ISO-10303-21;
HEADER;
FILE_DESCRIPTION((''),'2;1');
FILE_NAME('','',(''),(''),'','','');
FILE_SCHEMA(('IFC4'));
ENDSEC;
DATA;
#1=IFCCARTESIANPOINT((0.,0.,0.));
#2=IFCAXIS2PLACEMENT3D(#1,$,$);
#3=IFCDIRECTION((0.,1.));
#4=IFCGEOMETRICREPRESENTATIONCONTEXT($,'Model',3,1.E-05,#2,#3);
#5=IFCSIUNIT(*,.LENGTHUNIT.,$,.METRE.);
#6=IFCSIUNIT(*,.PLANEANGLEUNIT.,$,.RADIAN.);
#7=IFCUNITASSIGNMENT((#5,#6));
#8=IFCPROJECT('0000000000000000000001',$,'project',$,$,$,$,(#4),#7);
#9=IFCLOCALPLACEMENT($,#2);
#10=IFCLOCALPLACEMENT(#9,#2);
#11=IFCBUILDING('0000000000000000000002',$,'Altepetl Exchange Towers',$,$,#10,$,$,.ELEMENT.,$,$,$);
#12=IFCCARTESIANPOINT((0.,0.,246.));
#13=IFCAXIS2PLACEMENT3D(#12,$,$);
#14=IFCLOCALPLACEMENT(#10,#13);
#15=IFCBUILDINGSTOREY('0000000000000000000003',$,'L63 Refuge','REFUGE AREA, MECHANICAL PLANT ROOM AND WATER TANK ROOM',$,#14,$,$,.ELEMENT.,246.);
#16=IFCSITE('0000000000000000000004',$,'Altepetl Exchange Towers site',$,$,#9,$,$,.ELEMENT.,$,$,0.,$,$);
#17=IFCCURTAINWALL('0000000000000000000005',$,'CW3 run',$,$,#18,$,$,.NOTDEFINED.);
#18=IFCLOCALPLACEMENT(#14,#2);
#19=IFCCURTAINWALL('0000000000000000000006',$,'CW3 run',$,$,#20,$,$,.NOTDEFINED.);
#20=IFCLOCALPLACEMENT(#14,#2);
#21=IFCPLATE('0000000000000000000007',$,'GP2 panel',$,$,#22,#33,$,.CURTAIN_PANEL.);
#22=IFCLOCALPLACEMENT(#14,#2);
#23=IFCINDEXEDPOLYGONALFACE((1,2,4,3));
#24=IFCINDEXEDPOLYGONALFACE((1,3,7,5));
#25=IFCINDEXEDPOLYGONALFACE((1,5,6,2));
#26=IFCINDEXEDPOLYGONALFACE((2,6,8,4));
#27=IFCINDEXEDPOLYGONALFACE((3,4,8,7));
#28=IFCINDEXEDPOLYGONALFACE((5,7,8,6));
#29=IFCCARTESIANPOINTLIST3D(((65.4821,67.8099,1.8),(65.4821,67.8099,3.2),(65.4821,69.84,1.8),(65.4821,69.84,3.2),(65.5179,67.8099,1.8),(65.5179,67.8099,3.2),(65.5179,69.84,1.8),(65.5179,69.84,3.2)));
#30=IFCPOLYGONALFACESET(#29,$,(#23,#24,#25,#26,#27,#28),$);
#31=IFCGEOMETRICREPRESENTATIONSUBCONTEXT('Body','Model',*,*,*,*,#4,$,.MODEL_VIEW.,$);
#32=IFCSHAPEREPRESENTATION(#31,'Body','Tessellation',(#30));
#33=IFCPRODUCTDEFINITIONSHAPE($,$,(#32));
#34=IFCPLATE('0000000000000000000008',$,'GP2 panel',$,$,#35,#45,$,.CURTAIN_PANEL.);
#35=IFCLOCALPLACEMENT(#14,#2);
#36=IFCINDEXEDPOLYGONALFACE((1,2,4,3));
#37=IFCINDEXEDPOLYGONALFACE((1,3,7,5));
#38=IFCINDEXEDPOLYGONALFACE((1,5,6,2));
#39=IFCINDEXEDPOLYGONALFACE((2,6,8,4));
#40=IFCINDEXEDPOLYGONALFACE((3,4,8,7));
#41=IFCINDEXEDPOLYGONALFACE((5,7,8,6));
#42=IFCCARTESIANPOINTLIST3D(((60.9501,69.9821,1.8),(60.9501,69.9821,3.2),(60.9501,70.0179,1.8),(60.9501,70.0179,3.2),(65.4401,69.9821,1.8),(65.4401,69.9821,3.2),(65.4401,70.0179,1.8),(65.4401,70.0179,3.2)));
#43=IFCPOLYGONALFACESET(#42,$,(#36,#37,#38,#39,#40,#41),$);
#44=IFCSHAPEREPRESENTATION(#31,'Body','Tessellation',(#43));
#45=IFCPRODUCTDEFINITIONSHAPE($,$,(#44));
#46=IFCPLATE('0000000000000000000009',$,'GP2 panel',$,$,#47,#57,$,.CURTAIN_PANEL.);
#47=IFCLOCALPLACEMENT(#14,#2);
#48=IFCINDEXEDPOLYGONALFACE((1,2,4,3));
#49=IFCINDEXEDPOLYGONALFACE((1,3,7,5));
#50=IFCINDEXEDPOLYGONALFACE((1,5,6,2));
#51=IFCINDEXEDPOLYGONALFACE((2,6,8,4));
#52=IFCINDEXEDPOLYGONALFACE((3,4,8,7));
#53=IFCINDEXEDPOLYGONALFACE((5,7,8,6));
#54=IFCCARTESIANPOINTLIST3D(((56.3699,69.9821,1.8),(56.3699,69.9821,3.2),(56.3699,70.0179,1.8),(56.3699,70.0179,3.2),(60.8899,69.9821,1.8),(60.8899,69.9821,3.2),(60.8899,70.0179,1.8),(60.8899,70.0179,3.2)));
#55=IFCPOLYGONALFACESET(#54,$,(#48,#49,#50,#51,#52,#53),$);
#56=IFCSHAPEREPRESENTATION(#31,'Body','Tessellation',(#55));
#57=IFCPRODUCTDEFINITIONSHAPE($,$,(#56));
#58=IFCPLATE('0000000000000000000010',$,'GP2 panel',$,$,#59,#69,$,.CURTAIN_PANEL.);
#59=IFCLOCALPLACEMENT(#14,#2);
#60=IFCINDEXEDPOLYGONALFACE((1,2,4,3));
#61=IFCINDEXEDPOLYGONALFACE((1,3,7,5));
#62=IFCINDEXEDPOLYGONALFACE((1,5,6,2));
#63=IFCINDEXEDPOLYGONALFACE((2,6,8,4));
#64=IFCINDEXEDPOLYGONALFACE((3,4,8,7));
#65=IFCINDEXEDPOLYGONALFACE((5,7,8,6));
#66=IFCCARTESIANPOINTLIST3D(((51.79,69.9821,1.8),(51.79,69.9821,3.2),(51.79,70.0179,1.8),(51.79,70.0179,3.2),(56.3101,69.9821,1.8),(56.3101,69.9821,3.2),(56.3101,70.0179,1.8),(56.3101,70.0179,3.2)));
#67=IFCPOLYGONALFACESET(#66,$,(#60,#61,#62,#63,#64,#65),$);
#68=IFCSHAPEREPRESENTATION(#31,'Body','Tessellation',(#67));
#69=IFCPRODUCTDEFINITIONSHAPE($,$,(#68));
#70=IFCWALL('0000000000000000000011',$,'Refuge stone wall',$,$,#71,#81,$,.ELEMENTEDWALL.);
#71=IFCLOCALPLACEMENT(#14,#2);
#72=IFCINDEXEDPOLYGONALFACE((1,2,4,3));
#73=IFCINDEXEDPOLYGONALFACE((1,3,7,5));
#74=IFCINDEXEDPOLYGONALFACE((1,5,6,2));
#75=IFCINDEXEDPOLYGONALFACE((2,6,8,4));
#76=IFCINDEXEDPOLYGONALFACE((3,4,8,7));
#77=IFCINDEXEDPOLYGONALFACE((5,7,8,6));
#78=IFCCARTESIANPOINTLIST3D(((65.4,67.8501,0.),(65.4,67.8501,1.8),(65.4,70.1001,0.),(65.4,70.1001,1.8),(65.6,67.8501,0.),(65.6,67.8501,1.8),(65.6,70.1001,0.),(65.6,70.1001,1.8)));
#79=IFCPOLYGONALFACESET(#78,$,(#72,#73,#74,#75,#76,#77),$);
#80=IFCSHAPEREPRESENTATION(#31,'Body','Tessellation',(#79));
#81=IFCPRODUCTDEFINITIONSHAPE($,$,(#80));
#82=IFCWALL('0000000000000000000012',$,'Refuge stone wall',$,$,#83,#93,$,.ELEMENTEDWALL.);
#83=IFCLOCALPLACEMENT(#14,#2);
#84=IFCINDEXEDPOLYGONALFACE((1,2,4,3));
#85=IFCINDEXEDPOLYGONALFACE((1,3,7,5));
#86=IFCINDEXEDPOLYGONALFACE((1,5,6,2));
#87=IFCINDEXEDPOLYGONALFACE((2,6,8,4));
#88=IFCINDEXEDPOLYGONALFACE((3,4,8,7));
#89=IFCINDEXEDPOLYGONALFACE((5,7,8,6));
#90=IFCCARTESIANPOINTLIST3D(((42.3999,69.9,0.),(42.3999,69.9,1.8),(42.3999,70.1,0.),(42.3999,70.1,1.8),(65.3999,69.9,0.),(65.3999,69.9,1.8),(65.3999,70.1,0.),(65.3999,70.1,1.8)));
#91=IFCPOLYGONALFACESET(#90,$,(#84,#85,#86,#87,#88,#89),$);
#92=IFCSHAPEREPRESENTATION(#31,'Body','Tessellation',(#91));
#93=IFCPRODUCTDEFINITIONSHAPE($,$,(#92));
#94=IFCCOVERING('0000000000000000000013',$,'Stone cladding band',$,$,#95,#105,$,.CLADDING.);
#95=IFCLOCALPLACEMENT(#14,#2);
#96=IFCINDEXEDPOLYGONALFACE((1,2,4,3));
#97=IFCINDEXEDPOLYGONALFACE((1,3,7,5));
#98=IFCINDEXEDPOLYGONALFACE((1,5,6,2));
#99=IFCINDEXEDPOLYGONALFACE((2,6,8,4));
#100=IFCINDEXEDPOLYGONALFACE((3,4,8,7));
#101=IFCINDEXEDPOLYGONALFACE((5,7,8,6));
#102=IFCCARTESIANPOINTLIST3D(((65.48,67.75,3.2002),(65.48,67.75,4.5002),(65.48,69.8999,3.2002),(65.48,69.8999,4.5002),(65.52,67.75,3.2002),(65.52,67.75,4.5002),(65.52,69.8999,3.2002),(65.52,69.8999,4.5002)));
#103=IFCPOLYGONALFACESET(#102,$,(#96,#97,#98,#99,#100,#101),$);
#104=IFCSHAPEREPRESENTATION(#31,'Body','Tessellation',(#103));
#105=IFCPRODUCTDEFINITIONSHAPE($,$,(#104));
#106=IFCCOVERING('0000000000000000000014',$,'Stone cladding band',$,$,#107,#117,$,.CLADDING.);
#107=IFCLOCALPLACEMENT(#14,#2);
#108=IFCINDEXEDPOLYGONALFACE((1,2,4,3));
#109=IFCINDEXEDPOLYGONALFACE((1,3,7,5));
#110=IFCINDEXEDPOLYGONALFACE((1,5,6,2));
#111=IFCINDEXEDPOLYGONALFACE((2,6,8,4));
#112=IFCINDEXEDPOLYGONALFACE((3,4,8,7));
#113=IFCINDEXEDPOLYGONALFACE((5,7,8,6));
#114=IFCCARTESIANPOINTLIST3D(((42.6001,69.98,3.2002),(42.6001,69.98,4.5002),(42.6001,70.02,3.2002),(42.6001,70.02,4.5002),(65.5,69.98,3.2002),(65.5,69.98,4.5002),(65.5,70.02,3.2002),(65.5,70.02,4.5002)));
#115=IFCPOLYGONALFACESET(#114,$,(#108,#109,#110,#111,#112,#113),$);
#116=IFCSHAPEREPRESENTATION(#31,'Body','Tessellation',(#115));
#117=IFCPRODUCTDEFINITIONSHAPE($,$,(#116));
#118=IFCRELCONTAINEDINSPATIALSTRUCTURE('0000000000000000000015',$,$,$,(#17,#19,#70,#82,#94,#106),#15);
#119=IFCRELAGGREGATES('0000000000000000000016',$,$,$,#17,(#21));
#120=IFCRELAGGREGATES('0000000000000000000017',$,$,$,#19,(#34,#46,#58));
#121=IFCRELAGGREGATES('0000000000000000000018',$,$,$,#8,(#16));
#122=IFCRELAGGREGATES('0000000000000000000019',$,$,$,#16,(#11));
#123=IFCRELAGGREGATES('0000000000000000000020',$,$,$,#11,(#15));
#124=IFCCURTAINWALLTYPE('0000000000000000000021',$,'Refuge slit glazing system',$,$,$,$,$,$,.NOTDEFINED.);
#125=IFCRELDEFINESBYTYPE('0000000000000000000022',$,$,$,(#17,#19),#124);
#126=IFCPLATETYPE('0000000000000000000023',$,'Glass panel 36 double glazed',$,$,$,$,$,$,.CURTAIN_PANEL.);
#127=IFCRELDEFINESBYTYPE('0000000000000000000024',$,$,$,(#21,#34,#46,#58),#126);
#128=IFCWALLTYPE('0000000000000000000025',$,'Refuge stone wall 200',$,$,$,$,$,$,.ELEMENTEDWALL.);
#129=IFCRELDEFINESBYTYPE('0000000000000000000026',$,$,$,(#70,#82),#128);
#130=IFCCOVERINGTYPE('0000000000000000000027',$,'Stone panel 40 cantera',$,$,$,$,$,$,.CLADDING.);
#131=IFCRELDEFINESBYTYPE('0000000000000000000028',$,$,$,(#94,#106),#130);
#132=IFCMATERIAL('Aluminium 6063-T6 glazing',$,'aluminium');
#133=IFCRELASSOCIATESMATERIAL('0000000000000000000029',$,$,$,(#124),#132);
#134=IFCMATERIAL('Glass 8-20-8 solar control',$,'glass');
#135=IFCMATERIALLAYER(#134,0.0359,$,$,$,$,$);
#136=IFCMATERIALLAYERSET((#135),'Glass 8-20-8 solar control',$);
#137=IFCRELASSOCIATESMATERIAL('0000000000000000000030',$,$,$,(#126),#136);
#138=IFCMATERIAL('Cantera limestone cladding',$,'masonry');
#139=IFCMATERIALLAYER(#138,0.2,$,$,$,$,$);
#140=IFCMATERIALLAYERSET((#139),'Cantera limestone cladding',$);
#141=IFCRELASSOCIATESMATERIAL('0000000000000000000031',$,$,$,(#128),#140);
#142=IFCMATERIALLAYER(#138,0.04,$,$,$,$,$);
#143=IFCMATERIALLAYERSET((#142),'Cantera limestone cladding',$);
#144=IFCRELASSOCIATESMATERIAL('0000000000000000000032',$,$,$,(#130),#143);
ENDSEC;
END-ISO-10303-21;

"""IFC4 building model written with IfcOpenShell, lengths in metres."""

from ifc_helpers import new_model, si_unit, direction, frame, frame_2d, origin, origin_2d, place, context, subcontext, project, spatial, rectangle, extrude, material, layer, layer_set, type_object, element, aggregate, save


model = new_model("IFC4")

# Units and contexts
model_context = context("Model", 3, precision=1e-05, world=origin(), true_north=direction((0.0, 1.0)))
body_context = subcontext(model_context, "Body", "Model", "MODEL_VIEW")
ifc_project = project(units=[si_unit("LENGTHUNIT", "METRE"), si_unit("PLANEANGLEUNIT", "RADIAN")], contexts=[model_context])

# Site, building, storey
site_placement = place(None, origin())
site = spatial("IfcSite", under=ifc_project, at=site_placement, Name="Altepetl Exchange Towers site", CompositionType="ELEMENT", RefElevation=0.0)
building_placement = place(site_placement, origin())
building = spatial("IfcBuilding", under=site, at=building_placement, Name="Altepetl Exchange Towers", CompositionType="ELEMENT")
storey_placement = place(building_placement, frame((0.0, 0.0, 246.0)))
storey = spatial("IfcBuildingStorey", under=building, at=storey_placement, Name="L63 Refuge", Description="REFUGE AREA, MECHANICAL PLANT ROOM AND WATER TANK ROOM", CompositionType="ELEMENT", Elevation=246.0)

# Curtain walls
ifc_material_1 = material(Name="Aluminium 6063-T6 glazing", Category="aluminium")
curtain_wall_type = type_object("IfcCurtainWallType", Name="Refuge slit glazing system", PredefinedType="NOTDEFINED", material=ifc_material_1)
curtain_wall_1_placement = place(storey_placement, origin())
curtain_wall_1 = element("IfcCurtainWall", 1, at=curtain_wall_1_placement, inside=storey, type_object=curtain_wall_type, Name="CW3 run", PredefinedType="NOTDEFINED")
curtain_wall_2_placement = place(storey_placement, origin())
curtain_wall_2 = element("IfcCurtainWall", 2, at=curtain_wall_2_placement, inside=storey, type_object=curtain_wall_type, Name="CW3 run", PredefinedType="NOTDEFINED")

# Plates
ifc_material_2 = material(Name="Glass 8-20-8 solar control", Category="glass")
ifc_layer_1 = layer(ifc_material_2, 0.0359)
ifc_layer_set_1 = layer_set([ifc_layer_1], Name="Glass 8-20-8 solar control")
plate_type = type_object("IfcPlateType", Name="Glass panel 36 double glazed", PredefinedType="CURTAIN_PANEL", material=ifc_layer_set_1)
plate_1_placement = place(storey_placement, frame((65.5, 68.825, 1.8), z_axis=(0.0, 0.0, 1.0), x_axis=(0.0, 1.0, 0.0)))
plate_1 = element("IfcPlate", 3, at=plate_1_placement, type_object=plate_type, Name="GP2 panel", PredefinedType="CURTAIN_PANEL", context=body_context, shape_type="SweptSolid", body=[
    extrude(rectangle(XDim=2.03, YDim=0.0359, at=origin_2d()), origin(), (0.0, 0.0, 1.0), 1.3999),
])
aggregate(curtain_wall_1, [plate_1])
plate_2_placement = place(storey_placement, frame((63.1951, 70.0, 1.8), z_axis=(0.0, 0.0, 1.0), x_axis=(-1.0, 0.0, 0.0)))
plate_2 = element("IfcPlate", 4, at=plate_2_placement, type_object=plate_type, Name="GP2 panel", PredefinedType="CURTAIN_PANEL", context=body_context, shape_type="SweptSolid", body=[
    extrude(rectangle(XDim=4.49, YDim=0.0359, at=origin_2d()), origin(), (0.0, 0.0, 1.0), 1.3999),
])
plate_3_placement = place(storey_placement, frame((58.6299, 70.0, 1.8), z_axis=(0.0, 0.0, 1.0), x_axis=(-1.0, 0.0, 0.0)))
plate_3 = element("IfcPlate", 5, at=plate_3_placement, type_object=plate_type, Name="GP2 panel", PredefinedType="CURTAIN_PANEL", context=body_context, shape_type="SweptSolid", body=[
    extrude(rectangle(XDim=4.52, YDim=0.0359, at=origin_2d()), origin(), (0.0, 0.0, 1.0), 1.3999),
])
plate_4_placement = place(storey_placement, frame((54.05, 70.0, 1.8), z_axis=(0.0, 0.0, 1.0), x_axis=(-1.0, 0.0, 0.0)))
plate_4 = element("IfcPlate", 6, at=plate_4_placement, type_object=plate_type, Name="GP2 panel", PredefinedType="CURTAIN_PANEL", context=body_context, shape_type="SweptSolid", body=[
    extrude(rectangle(XDim=4.52, YDim=0.0359, at=origin_2d()), origin(), (0.0, 0.0, 1.0), 1.3999),
])
aggregate(curtain_wall_2, [plate_2, plate_3, plate_4])

# Walls
ifc_material_3 = material(Name="Cantera limestone cladding", Category="masonry")
ifc_layer_2 = layer(ifc_material_3, 0.2)
ifc_layer_set_2 = layer_set([ifc_layer_2], Name="Cantera limestone cladding")
wall_type = type_object("IfcWallType", Name="Refuge stone wall 200", PredefinedType="ELEMENTEDWALL", material=ifc_layer_set_2)
wall_1_placement = place(storey_placement, frame((65.5, 67.8501, 0.0), z_axis=(0.0, 0.0, 1.0), x_axis=(0.0, 1.0, 0.0)))
element("IfcWall", 7, at=wall_1_placement, inside=storey, type_object=wall_type, Name="Refuge stone wall", PredefinedType="ELEMENTEDWALL", context=body_context, shape_type="SweptSolid", body=[
    extrude(rectangle(XDim=2.25, YDim=0.2, at=frame_2d((1.125, 0.0))), origin(), (0.0, 0.0, 1.0), 1.8),
])
wall_2_placement = place(storey_placement, frame((65.3999, 70.0, 0.0), z_axis=(0.0, 0.0, 1.0), x_axis=(-1.0, 0.0, 0.0)))
element("IfcWall", 8, at=wall_2_placement, inside=storey, type_object=wall_type, Name="Refuge stone wall", PredefinedType="ELEMENTEDWALL", context=body_context, shape_type="SweptSolid", body=[
    extrude(rectangle(XDim=23.0, YDim=0.2, at=frame_2d((11.5, 0.0))), origin(), (0.0, 0.0, 1.0), 1.8),
])

# Coverings
ifc_layer_3 = layer(ifc_material_3, 0.04)
ifc_layer_set_3 = layer_set([ifc_layer_3], Name="Cantera limestone cladding")
covering_type = type_object("IfcCoveringType", Name="Stone panel 40 cantera", PredefinedType="CLADDING", material=ifc_layer_set_3)
covering_1_placement = place(storey_placement, frame((65.5, 68.825, 3.2002), z_axis=(0.0, 0.0, 1.0), x_axis=(0.0, 1.0, 0.0)))
element("IfcCovering", 9, at=covering_1_placement, inside=storey, type_object=covering_type, Name="Stone cladding band", PredefinedType="CLADDING", context=body_context, shape_type="SweptSolid", body=[
    extrude(rectangle(XDim=2.1499, YDim=0.04, at=origin_2d()), origin(), (0.0, 0.0, 1.0), 1.3),
])
covering_2_placement = place(storey_placement, frame((54.05, 70.0, 3.2002), z_axis=(0.0, 0.0, 1.0), x_axis=(-1.0, 0.0, 0.0)))
element("IfcCovering", 10, at=covering_2_placement, inside=storey, type_object=covering_type, Name="Stone cladding band", PredefinedType="CLADDING", context=body_context, shape_type="SweptSolid", body=[
    extrude(rectangle(XDim=22.8999, YDim=0.04, at=origin_2d()), origin(), (0.0, 0.0, 1.0), 1.3),
])

save(model, "model.ifc")
